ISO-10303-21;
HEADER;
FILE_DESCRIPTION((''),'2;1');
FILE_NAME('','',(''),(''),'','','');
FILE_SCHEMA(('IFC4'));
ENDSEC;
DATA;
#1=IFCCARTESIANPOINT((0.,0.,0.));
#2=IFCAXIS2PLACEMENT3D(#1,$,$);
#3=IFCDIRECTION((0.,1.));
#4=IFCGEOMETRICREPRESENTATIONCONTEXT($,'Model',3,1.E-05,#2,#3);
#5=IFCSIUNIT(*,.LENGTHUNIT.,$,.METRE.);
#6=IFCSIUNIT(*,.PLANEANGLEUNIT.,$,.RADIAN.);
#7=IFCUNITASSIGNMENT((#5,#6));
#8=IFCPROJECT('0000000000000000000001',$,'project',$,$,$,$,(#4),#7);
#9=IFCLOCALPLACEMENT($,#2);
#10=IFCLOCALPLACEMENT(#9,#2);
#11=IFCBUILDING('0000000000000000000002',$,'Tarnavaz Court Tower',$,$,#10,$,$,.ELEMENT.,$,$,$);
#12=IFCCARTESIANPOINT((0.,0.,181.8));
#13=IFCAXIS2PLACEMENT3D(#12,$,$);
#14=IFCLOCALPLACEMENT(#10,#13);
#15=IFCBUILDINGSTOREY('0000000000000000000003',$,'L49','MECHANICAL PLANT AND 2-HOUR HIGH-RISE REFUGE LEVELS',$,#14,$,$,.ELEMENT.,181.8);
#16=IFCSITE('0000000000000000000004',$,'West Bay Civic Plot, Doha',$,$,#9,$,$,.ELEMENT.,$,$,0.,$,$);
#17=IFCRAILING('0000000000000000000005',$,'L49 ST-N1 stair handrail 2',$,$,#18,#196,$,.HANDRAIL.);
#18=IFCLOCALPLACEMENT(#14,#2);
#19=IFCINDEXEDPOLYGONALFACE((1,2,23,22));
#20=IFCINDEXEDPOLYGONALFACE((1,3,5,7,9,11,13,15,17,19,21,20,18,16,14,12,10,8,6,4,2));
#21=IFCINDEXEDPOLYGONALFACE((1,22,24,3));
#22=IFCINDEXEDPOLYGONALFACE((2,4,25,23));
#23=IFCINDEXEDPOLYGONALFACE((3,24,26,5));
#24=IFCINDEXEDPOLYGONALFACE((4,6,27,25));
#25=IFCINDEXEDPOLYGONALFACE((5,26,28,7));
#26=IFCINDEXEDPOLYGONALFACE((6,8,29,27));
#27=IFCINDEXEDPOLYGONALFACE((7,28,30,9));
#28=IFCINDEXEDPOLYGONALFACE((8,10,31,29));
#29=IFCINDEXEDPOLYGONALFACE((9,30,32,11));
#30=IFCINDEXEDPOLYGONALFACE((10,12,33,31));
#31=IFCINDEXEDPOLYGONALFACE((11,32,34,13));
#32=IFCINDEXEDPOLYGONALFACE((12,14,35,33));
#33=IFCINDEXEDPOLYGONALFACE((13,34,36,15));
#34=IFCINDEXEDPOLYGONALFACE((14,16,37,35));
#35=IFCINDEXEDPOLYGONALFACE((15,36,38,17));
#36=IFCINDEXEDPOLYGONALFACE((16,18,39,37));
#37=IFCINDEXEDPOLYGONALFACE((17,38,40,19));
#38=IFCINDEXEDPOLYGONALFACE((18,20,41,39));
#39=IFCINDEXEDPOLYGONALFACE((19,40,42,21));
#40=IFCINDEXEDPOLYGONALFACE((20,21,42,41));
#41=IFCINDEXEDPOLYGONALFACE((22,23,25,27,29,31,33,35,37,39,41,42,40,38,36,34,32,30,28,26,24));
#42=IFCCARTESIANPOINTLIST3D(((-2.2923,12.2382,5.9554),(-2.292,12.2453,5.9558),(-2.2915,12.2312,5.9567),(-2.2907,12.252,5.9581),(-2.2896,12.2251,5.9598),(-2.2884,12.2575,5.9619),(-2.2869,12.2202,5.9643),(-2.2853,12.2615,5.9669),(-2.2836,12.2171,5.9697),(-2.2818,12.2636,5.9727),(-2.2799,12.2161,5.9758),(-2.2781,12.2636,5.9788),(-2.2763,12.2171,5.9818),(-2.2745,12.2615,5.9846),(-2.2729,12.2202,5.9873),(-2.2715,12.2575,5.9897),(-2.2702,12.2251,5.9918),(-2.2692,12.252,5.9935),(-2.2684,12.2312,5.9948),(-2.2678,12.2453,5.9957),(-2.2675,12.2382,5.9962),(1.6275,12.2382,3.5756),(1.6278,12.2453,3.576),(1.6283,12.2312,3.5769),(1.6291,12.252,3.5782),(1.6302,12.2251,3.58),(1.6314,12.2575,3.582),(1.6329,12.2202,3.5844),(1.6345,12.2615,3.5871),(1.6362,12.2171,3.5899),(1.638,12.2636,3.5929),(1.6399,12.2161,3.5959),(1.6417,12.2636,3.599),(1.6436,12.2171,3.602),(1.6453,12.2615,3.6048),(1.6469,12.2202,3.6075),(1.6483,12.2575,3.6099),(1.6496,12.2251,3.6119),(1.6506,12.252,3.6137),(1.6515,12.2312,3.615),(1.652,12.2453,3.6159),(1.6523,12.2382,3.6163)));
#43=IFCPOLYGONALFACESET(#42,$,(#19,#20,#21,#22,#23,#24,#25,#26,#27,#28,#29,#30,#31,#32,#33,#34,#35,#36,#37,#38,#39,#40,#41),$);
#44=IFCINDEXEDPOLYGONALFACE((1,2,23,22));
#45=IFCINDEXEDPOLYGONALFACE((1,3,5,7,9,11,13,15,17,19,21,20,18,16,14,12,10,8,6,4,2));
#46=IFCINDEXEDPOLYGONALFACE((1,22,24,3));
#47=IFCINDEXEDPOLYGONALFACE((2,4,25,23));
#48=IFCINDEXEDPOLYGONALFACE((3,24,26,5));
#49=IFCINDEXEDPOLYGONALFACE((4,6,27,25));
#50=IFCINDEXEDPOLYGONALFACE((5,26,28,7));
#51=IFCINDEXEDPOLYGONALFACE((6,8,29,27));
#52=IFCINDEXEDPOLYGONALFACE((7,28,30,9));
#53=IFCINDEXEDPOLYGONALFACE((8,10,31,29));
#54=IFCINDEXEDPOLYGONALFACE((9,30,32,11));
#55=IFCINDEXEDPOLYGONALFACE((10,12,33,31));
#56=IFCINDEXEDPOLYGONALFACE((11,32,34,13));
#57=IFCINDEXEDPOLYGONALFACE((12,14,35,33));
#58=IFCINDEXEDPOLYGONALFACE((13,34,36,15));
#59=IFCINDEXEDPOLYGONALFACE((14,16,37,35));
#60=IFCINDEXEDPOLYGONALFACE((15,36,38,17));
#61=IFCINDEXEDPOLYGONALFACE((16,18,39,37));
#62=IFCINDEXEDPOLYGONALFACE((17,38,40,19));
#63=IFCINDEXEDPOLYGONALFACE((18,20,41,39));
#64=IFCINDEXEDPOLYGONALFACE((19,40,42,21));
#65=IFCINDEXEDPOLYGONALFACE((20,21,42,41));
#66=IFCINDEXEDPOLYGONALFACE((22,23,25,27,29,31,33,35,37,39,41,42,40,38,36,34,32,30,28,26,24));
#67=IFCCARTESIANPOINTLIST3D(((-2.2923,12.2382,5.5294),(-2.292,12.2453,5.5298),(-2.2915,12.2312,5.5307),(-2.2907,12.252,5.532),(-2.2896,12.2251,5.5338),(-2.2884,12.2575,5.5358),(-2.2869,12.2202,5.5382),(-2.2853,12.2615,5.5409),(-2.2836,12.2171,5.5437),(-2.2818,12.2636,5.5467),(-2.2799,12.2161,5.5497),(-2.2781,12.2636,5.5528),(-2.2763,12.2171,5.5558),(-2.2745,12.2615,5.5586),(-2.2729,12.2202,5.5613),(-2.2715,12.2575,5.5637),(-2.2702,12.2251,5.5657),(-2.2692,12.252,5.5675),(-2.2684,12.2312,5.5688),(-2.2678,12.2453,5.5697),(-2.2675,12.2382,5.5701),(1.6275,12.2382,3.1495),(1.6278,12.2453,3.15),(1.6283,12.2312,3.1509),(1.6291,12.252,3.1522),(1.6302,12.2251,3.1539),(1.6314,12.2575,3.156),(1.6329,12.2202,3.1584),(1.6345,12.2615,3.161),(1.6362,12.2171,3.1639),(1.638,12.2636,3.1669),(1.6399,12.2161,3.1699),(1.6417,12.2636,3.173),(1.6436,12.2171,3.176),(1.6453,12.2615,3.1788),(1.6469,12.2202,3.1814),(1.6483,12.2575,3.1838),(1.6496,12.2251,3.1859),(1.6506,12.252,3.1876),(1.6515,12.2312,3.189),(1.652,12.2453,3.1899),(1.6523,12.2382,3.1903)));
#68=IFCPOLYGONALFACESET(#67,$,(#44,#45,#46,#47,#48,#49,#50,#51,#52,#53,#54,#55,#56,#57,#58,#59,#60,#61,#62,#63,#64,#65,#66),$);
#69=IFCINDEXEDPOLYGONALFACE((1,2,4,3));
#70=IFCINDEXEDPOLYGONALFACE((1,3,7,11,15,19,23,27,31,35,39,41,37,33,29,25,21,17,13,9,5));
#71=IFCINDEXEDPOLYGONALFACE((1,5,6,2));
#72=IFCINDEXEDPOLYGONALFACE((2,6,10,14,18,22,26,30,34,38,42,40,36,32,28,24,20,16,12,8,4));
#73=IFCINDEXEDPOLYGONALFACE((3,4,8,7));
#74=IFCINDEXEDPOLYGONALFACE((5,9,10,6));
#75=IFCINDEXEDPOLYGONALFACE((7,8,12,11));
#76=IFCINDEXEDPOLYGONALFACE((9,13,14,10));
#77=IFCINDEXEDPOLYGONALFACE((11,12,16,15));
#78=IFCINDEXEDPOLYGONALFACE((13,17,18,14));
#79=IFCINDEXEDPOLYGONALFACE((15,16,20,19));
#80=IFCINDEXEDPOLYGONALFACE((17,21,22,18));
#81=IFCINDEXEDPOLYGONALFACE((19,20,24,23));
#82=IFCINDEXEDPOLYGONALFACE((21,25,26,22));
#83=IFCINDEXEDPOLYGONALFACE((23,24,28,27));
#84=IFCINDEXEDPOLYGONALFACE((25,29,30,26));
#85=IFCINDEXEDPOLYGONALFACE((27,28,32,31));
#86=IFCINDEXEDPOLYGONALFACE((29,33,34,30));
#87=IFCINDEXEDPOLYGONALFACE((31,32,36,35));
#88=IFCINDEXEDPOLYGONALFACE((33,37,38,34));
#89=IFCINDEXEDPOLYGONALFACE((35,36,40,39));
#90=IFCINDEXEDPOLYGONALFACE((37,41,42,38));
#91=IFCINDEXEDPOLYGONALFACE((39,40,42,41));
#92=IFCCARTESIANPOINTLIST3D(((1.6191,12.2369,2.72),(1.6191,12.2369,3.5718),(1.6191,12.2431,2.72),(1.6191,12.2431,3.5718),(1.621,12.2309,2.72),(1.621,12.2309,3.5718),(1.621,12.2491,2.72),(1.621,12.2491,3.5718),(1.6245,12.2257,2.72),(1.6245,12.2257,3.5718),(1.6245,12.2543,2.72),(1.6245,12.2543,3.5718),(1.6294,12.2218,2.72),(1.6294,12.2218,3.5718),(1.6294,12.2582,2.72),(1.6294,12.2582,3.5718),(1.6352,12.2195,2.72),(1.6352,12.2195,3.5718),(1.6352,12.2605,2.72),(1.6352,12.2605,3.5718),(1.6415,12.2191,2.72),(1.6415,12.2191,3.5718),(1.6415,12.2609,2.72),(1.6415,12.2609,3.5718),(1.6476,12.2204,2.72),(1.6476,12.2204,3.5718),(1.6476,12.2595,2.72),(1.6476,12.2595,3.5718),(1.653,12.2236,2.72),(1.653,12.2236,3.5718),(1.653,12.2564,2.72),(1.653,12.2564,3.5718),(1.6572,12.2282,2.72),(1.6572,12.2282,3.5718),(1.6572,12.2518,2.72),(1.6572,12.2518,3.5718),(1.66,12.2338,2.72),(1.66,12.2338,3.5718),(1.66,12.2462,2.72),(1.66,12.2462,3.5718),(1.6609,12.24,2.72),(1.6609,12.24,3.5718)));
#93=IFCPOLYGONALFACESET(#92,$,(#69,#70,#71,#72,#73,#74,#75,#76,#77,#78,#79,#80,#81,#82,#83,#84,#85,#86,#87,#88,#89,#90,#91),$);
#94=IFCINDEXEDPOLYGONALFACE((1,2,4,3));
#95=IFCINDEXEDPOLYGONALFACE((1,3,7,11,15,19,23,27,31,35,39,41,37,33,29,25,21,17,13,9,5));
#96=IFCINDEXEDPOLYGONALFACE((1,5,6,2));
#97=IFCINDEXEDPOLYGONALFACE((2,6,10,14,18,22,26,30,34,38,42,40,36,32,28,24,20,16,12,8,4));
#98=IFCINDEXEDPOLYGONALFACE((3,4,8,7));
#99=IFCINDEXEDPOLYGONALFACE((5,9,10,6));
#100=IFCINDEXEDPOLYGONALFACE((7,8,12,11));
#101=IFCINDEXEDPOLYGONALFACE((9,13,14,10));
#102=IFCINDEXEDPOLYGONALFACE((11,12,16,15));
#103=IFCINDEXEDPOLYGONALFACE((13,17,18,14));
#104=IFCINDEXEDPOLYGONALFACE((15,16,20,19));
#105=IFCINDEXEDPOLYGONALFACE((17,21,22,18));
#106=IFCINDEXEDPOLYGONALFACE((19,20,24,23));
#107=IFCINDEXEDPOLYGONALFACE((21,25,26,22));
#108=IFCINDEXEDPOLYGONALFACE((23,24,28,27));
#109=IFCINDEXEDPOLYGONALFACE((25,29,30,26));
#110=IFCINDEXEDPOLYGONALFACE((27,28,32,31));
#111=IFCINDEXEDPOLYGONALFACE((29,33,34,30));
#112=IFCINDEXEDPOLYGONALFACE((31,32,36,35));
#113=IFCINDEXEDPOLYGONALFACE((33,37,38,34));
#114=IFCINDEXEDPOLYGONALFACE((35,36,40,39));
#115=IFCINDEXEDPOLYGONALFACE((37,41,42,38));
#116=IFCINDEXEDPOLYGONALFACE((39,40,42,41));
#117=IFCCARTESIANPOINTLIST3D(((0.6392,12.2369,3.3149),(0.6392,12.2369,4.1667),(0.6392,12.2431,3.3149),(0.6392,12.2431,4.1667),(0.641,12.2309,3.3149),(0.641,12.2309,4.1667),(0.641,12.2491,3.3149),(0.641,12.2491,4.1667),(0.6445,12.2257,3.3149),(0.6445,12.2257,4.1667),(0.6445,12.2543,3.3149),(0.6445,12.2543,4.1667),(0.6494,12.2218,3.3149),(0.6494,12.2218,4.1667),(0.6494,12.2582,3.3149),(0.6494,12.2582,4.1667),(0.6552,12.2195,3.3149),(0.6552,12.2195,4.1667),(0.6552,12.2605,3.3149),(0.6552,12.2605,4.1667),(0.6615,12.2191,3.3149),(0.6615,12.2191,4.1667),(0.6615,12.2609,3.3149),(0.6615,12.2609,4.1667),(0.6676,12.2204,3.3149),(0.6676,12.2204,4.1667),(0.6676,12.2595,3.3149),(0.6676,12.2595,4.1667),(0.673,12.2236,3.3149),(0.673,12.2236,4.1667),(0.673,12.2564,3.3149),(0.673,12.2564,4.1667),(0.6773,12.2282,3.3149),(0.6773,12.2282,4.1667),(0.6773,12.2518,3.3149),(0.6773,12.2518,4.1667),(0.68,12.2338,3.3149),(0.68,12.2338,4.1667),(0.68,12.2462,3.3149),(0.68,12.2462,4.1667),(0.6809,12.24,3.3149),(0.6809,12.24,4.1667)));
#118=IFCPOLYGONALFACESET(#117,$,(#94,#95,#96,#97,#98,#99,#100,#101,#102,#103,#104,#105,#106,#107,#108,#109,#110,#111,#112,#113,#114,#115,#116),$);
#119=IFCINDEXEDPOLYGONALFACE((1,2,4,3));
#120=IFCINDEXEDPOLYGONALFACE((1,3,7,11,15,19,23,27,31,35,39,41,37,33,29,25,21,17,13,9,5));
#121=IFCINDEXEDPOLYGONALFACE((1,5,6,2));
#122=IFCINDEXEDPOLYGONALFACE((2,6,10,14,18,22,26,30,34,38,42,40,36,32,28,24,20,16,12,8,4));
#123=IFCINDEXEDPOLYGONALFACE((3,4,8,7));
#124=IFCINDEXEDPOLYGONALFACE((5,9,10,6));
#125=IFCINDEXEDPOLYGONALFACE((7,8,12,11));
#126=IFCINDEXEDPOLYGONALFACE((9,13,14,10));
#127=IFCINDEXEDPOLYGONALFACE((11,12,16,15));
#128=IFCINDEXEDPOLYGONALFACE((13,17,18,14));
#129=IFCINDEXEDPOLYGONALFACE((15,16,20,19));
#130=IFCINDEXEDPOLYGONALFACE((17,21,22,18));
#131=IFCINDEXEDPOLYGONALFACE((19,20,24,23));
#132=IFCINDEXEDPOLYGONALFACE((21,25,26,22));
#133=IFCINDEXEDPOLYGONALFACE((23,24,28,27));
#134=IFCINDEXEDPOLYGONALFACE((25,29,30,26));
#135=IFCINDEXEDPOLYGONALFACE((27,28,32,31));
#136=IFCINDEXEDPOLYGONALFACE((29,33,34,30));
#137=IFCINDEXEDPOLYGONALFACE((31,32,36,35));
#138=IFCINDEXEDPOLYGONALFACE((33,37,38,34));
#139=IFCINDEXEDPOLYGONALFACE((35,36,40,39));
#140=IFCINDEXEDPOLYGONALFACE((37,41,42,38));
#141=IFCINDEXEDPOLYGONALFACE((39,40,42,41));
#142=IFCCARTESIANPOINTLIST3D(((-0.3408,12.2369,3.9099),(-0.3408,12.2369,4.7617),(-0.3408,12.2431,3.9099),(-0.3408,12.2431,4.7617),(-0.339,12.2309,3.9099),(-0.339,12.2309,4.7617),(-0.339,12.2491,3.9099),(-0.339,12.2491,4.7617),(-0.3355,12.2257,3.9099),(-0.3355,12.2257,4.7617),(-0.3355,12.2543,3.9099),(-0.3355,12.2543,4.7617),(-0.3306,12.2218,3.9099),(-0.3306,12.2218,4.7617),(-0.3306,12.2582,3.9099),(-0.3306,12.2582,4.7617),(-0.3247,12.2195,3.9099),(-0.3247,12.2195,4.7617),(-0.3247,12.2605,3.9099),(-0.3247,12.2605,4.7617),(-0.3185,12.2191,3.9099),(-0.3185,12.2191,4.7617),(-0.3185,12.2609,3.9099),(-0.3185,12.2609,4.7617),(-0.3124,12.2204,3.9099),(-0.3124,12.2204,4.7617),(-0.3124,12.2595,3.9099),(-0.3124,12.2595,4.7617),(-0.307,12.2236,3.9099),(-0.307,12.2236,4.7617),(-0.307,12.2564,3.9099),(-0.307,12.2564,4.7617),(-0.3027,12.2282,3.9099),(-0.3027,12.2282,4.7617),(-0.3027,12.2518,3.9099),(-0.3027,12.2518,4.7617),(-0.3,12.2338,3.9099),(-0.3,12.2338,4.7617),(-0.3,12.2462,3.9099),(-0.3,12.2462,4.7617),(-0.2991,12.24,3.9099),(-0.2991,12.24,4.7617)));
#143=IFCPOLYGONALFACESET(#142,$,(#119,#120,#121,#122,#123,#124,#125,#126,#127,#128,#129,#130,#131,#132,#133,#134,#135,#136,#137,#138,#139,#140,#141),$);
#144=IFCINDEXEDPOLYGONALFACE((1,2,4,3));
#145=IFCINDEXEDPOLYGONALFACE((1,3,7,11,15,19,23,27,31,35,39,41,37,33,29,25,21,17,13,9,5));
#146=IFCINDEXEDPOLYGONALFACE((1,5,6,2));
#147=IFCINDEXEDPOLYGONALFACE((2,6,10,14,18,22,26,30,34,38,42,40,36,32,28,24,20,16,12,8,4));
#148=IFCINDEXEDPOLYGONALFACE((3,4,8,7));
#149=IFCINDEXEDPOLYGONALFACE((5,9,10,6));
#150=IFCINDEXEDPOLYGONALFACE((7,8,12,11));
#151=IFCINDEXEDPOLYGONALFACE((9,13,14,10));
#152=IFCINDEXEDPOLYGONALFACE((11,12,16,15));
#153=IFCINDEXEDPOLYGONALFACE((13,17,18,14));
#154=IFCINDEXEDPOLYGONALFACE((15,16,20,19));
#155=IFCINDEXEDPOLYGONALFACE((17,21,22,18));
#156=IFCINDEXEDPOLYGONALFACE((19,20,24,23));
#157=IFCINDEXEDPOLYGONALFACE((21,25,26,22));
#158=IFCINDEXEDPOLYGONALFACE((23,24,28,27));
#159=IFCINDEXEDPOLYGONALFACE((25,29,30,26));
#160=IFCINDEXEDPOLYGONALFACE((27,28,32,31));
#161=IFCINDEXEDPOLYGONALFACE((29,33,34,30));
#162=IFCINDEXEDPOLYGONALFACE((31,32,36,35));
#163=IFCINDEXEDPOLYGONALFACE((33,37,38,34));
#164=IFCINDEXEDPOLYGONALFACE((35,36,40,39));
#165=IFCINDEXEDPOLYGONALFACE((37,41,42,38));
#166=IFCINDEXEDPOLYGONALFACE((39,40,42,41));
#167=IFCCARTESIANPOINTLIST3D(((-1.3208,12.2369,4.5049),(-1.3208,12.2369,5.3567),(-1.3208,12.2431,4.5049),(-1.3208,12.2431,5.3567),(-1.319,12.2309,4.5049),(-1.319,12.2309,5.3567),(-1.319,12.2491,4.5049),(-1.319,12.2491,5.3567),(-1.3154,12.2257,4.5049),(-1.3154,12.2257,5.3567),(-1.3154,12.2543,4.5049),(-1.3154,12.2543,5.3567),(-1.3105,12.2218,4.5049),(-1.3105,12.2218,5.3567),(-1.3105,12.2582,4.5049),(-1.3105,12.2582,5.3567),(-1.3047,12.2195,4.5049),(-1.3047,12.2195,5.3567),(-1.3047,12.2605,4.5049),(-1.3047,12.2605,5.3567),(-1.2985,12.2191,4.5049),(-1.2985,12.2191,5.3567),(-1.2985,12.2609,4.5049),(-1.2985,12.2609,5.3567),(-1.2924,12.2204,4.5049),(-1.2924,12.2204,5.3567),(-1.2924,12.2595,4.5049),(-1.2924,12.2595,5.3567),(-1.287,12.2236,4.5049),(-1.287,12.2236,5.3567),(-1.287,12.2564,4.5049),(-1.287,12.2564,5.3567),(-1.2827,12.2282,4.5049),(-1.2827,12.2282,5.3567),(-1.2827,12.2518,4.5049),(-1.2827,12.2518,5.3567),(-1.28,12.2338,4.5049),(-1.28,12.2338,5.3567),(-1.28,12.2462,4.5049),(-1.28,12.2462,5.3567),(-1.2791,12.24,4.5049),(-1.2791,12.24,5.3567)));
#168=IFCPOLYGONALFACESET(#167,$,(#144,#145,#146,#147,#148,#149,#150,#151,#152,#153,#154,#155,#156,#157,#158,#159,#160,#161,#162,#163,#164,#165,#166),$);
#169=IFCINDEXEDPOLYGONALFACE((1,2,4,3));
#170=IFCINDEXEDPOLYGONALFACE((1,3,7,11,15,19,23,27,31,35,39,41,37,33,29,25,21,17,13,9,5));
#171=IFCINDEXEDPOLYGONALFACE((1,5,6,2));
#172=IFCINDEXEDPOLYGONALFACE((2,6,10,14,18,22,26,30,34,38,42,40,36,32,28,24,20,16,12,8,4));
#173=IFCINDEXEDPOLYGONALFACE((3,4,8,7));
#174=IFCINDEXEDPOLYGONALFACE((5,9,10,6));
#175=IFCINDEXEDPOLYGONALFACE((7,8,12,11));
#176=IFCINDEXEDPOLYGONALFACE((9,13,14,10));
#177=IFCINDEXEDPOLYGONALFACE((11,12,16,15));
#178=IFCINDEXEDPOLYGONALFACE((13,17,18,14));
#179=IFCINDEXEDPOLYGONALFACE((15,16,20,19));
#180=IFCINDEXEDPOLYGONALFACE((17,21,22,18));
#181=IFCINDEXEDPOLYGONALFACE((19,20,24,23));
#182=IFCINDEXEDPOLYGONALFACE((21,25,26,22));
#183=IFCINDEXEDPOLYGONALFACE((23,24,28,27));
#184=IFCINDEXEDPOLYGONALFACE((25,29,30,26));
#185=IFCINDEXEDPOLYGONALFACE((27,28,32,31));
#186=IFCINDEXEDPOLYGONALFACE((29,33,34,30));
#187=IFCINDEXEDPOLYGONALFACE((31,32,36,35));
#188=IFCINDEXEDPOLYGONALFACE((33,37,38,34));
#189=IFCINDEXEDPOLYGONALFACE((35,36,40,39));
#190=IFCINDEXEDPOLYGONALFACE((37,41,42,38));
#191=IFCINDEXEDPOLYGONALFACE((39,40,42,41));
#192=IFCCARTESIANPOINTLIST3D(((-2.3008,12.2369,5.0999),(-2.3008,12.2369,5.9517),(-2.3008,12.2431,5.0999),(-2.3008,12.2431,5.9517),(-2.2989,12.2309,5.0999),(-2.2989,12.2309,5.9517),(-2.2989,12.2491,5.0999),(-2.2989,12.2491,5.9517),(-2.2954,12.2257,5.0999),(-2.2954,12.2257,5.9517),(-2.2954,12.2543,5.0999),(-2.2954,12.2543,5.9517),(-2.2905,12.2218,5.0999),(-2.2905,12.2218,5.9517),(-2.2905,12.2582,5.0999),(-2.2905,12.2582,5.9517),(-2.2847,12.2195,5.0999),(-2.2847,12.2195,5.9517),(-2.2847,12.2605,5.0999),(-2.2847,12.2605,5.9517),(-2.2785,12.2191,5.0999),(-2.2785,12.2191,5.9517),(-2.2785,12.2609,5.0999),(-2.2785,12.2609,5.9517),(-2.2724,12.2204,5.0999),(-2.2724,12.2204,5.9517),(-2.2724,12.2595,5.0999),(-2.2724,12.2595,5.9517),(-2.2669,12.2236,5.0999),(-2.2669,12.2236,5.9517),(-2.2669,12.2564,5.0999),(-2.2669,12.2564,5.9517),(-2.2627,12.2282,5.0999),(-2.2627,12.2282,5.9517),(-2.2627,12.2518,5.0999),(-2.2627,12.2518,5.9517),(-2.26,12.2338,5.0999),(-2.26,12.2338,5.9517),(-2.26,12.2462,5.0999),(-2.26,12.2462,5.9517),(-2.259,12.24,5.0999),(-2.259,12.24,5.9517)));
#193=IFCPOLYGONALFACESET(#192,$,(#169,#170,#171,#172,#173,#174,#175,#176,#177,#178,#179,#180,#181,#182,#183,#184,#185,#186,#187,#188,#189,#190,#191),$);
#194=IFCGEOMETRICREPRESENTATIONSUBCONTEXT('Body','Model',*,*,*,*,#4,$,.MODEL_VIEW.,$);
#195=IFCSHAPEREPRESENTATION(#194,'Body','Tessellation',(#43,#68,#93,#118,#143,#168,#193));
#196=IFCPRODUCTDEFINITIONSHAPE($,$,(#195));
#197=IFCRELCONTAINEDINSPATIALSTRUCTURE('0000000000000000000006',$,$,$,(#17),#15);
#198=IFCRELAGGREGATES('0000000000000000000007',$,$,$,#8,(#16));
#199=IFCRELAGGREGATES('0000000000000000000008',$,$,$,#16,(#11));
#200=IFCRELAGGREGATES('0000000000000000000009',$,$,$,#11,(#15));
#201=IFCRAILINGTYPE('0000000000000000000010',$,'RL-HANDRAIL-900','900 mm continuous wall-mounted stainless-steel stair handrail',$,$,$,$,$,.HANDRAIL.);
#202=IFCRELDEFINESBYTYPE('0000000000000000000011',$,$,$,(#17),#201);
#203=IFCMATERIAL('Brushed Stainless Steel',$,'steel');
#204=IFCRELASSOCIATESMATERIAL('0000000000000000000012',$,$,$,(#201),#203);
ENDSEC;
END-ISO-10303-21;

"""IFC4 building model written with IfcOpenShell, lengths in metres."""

from ifc_helpers import new_model, si_unit, direction, frame, origin, origin_2d, place, context, subcontext, project, spatial, circle, extrude, material, type_object, element, save


model = new_model("IFC4")

# Units and contexts
model_context = context("Model", 3, precision=1e-05, world=origin(), true_north=direction((0.0, 1.0)))
body_context = subcontext(model_context, "Body", "Model", "MODEL_VIEW")
ifc_project = project(units=[si_unit("LENGTHUNIT", "METRE"), si_unit("PLANEANGLEUNIT", "RADIAN")], contexts=[model_context])

# Site, building, storey
site_placement = place(None, origin())
site = spatial("IfcSite", under=ifc_project, at=site_placement, Name="West Bay Civic Plot, Doha", CompositionType="ELEMENT", RefElevation=0.0)
building_placement = place(site_placement, origin())
building = spatial("IfcBuilding", under=site, at=building_placement, Name="Tarnavaz Court Tower", CompositionType="ELEMENT")
storey_placement = place(building_placement, frame((0.0, 0.0, 181.8)))
storey = spatial("IfcBuildingStorey", under=building, at=storey_placement, Name="L49", Description="MECHANICAL PLANT AND 2-HOUR HIGH-RISE REFUGE LEVELS", CompositionType="ELEMENT", Elevation=181.8)

# Railing
ifc_material_1 = material(Name="Brushed Stainless Steel", Category="steel")
railing_type_1 = type_object("IfcRailingType", Name="RL-HANDRAIL-900", Description="900 mm continuous wall-mounted stainless-steel stair handrail", PredefinedType="HANDRAIL", material=ifc_material_1)
railing_1_placement = place(storey_placement, frame((1.6399, 12.24, 2.72)))
element("IfcRailing", 1, at=railing_1_placement, inside=storey, type_object=railing_type_1, Name="L49 ST-N1 stair handrail 2", PredefinedType="HANDRAIL", context=body_context, shape_type="SweptSolid", body=[
    extrude(circle(Radius=0.0239, at=origin_2d()), frame((0.0, 0.0, 0.876), z_axis=(-0.854794, 0.0, 0.518967), x_axis=(0.0, -1.0, 0.0)), (0.0, 0.0, 1.0), 4.5857),
    extrude(circle(Radius=0.0239, at=origin_2d()), frame((0.0, 0.0, 0.45), z_axis=(-0.854794, 0.0, 0.518967), x_axis=(0.0, -1.0, 0.0)), (0.0, 0.0, 1.0), 4.5857),
    extrude(circle(Radius=0.021, at=origin_2d()), origin(), (0.0, 0.0, 1.0), 0.8518),
    extrude(circle(Radius=0.021, at=origin_2d()), frame((-0.98, 0.0, 0.595)), (0.0, 0.0, 1.0), 0.8518),
    extrude(circle(Radius=0.021, at=origin_2d()), frame((-1.96, 0.0, 1.1899)), (0.0, 0.0, 1.0), 0.8518),
    extrude(circle(Radius=0.021, at=origin_2d()), frame((-2.9399, 0.0, 1.7849)), (0.0, 0.0, 1.0), 0.8518),
    extrude(circle(Radius=0.021, at=origin_2d()), frame((-3.9199, 0.0, 2.3799)), (0.0, 0.0, 1.0), 0.8518),
])

save(model, "model.ifc")
